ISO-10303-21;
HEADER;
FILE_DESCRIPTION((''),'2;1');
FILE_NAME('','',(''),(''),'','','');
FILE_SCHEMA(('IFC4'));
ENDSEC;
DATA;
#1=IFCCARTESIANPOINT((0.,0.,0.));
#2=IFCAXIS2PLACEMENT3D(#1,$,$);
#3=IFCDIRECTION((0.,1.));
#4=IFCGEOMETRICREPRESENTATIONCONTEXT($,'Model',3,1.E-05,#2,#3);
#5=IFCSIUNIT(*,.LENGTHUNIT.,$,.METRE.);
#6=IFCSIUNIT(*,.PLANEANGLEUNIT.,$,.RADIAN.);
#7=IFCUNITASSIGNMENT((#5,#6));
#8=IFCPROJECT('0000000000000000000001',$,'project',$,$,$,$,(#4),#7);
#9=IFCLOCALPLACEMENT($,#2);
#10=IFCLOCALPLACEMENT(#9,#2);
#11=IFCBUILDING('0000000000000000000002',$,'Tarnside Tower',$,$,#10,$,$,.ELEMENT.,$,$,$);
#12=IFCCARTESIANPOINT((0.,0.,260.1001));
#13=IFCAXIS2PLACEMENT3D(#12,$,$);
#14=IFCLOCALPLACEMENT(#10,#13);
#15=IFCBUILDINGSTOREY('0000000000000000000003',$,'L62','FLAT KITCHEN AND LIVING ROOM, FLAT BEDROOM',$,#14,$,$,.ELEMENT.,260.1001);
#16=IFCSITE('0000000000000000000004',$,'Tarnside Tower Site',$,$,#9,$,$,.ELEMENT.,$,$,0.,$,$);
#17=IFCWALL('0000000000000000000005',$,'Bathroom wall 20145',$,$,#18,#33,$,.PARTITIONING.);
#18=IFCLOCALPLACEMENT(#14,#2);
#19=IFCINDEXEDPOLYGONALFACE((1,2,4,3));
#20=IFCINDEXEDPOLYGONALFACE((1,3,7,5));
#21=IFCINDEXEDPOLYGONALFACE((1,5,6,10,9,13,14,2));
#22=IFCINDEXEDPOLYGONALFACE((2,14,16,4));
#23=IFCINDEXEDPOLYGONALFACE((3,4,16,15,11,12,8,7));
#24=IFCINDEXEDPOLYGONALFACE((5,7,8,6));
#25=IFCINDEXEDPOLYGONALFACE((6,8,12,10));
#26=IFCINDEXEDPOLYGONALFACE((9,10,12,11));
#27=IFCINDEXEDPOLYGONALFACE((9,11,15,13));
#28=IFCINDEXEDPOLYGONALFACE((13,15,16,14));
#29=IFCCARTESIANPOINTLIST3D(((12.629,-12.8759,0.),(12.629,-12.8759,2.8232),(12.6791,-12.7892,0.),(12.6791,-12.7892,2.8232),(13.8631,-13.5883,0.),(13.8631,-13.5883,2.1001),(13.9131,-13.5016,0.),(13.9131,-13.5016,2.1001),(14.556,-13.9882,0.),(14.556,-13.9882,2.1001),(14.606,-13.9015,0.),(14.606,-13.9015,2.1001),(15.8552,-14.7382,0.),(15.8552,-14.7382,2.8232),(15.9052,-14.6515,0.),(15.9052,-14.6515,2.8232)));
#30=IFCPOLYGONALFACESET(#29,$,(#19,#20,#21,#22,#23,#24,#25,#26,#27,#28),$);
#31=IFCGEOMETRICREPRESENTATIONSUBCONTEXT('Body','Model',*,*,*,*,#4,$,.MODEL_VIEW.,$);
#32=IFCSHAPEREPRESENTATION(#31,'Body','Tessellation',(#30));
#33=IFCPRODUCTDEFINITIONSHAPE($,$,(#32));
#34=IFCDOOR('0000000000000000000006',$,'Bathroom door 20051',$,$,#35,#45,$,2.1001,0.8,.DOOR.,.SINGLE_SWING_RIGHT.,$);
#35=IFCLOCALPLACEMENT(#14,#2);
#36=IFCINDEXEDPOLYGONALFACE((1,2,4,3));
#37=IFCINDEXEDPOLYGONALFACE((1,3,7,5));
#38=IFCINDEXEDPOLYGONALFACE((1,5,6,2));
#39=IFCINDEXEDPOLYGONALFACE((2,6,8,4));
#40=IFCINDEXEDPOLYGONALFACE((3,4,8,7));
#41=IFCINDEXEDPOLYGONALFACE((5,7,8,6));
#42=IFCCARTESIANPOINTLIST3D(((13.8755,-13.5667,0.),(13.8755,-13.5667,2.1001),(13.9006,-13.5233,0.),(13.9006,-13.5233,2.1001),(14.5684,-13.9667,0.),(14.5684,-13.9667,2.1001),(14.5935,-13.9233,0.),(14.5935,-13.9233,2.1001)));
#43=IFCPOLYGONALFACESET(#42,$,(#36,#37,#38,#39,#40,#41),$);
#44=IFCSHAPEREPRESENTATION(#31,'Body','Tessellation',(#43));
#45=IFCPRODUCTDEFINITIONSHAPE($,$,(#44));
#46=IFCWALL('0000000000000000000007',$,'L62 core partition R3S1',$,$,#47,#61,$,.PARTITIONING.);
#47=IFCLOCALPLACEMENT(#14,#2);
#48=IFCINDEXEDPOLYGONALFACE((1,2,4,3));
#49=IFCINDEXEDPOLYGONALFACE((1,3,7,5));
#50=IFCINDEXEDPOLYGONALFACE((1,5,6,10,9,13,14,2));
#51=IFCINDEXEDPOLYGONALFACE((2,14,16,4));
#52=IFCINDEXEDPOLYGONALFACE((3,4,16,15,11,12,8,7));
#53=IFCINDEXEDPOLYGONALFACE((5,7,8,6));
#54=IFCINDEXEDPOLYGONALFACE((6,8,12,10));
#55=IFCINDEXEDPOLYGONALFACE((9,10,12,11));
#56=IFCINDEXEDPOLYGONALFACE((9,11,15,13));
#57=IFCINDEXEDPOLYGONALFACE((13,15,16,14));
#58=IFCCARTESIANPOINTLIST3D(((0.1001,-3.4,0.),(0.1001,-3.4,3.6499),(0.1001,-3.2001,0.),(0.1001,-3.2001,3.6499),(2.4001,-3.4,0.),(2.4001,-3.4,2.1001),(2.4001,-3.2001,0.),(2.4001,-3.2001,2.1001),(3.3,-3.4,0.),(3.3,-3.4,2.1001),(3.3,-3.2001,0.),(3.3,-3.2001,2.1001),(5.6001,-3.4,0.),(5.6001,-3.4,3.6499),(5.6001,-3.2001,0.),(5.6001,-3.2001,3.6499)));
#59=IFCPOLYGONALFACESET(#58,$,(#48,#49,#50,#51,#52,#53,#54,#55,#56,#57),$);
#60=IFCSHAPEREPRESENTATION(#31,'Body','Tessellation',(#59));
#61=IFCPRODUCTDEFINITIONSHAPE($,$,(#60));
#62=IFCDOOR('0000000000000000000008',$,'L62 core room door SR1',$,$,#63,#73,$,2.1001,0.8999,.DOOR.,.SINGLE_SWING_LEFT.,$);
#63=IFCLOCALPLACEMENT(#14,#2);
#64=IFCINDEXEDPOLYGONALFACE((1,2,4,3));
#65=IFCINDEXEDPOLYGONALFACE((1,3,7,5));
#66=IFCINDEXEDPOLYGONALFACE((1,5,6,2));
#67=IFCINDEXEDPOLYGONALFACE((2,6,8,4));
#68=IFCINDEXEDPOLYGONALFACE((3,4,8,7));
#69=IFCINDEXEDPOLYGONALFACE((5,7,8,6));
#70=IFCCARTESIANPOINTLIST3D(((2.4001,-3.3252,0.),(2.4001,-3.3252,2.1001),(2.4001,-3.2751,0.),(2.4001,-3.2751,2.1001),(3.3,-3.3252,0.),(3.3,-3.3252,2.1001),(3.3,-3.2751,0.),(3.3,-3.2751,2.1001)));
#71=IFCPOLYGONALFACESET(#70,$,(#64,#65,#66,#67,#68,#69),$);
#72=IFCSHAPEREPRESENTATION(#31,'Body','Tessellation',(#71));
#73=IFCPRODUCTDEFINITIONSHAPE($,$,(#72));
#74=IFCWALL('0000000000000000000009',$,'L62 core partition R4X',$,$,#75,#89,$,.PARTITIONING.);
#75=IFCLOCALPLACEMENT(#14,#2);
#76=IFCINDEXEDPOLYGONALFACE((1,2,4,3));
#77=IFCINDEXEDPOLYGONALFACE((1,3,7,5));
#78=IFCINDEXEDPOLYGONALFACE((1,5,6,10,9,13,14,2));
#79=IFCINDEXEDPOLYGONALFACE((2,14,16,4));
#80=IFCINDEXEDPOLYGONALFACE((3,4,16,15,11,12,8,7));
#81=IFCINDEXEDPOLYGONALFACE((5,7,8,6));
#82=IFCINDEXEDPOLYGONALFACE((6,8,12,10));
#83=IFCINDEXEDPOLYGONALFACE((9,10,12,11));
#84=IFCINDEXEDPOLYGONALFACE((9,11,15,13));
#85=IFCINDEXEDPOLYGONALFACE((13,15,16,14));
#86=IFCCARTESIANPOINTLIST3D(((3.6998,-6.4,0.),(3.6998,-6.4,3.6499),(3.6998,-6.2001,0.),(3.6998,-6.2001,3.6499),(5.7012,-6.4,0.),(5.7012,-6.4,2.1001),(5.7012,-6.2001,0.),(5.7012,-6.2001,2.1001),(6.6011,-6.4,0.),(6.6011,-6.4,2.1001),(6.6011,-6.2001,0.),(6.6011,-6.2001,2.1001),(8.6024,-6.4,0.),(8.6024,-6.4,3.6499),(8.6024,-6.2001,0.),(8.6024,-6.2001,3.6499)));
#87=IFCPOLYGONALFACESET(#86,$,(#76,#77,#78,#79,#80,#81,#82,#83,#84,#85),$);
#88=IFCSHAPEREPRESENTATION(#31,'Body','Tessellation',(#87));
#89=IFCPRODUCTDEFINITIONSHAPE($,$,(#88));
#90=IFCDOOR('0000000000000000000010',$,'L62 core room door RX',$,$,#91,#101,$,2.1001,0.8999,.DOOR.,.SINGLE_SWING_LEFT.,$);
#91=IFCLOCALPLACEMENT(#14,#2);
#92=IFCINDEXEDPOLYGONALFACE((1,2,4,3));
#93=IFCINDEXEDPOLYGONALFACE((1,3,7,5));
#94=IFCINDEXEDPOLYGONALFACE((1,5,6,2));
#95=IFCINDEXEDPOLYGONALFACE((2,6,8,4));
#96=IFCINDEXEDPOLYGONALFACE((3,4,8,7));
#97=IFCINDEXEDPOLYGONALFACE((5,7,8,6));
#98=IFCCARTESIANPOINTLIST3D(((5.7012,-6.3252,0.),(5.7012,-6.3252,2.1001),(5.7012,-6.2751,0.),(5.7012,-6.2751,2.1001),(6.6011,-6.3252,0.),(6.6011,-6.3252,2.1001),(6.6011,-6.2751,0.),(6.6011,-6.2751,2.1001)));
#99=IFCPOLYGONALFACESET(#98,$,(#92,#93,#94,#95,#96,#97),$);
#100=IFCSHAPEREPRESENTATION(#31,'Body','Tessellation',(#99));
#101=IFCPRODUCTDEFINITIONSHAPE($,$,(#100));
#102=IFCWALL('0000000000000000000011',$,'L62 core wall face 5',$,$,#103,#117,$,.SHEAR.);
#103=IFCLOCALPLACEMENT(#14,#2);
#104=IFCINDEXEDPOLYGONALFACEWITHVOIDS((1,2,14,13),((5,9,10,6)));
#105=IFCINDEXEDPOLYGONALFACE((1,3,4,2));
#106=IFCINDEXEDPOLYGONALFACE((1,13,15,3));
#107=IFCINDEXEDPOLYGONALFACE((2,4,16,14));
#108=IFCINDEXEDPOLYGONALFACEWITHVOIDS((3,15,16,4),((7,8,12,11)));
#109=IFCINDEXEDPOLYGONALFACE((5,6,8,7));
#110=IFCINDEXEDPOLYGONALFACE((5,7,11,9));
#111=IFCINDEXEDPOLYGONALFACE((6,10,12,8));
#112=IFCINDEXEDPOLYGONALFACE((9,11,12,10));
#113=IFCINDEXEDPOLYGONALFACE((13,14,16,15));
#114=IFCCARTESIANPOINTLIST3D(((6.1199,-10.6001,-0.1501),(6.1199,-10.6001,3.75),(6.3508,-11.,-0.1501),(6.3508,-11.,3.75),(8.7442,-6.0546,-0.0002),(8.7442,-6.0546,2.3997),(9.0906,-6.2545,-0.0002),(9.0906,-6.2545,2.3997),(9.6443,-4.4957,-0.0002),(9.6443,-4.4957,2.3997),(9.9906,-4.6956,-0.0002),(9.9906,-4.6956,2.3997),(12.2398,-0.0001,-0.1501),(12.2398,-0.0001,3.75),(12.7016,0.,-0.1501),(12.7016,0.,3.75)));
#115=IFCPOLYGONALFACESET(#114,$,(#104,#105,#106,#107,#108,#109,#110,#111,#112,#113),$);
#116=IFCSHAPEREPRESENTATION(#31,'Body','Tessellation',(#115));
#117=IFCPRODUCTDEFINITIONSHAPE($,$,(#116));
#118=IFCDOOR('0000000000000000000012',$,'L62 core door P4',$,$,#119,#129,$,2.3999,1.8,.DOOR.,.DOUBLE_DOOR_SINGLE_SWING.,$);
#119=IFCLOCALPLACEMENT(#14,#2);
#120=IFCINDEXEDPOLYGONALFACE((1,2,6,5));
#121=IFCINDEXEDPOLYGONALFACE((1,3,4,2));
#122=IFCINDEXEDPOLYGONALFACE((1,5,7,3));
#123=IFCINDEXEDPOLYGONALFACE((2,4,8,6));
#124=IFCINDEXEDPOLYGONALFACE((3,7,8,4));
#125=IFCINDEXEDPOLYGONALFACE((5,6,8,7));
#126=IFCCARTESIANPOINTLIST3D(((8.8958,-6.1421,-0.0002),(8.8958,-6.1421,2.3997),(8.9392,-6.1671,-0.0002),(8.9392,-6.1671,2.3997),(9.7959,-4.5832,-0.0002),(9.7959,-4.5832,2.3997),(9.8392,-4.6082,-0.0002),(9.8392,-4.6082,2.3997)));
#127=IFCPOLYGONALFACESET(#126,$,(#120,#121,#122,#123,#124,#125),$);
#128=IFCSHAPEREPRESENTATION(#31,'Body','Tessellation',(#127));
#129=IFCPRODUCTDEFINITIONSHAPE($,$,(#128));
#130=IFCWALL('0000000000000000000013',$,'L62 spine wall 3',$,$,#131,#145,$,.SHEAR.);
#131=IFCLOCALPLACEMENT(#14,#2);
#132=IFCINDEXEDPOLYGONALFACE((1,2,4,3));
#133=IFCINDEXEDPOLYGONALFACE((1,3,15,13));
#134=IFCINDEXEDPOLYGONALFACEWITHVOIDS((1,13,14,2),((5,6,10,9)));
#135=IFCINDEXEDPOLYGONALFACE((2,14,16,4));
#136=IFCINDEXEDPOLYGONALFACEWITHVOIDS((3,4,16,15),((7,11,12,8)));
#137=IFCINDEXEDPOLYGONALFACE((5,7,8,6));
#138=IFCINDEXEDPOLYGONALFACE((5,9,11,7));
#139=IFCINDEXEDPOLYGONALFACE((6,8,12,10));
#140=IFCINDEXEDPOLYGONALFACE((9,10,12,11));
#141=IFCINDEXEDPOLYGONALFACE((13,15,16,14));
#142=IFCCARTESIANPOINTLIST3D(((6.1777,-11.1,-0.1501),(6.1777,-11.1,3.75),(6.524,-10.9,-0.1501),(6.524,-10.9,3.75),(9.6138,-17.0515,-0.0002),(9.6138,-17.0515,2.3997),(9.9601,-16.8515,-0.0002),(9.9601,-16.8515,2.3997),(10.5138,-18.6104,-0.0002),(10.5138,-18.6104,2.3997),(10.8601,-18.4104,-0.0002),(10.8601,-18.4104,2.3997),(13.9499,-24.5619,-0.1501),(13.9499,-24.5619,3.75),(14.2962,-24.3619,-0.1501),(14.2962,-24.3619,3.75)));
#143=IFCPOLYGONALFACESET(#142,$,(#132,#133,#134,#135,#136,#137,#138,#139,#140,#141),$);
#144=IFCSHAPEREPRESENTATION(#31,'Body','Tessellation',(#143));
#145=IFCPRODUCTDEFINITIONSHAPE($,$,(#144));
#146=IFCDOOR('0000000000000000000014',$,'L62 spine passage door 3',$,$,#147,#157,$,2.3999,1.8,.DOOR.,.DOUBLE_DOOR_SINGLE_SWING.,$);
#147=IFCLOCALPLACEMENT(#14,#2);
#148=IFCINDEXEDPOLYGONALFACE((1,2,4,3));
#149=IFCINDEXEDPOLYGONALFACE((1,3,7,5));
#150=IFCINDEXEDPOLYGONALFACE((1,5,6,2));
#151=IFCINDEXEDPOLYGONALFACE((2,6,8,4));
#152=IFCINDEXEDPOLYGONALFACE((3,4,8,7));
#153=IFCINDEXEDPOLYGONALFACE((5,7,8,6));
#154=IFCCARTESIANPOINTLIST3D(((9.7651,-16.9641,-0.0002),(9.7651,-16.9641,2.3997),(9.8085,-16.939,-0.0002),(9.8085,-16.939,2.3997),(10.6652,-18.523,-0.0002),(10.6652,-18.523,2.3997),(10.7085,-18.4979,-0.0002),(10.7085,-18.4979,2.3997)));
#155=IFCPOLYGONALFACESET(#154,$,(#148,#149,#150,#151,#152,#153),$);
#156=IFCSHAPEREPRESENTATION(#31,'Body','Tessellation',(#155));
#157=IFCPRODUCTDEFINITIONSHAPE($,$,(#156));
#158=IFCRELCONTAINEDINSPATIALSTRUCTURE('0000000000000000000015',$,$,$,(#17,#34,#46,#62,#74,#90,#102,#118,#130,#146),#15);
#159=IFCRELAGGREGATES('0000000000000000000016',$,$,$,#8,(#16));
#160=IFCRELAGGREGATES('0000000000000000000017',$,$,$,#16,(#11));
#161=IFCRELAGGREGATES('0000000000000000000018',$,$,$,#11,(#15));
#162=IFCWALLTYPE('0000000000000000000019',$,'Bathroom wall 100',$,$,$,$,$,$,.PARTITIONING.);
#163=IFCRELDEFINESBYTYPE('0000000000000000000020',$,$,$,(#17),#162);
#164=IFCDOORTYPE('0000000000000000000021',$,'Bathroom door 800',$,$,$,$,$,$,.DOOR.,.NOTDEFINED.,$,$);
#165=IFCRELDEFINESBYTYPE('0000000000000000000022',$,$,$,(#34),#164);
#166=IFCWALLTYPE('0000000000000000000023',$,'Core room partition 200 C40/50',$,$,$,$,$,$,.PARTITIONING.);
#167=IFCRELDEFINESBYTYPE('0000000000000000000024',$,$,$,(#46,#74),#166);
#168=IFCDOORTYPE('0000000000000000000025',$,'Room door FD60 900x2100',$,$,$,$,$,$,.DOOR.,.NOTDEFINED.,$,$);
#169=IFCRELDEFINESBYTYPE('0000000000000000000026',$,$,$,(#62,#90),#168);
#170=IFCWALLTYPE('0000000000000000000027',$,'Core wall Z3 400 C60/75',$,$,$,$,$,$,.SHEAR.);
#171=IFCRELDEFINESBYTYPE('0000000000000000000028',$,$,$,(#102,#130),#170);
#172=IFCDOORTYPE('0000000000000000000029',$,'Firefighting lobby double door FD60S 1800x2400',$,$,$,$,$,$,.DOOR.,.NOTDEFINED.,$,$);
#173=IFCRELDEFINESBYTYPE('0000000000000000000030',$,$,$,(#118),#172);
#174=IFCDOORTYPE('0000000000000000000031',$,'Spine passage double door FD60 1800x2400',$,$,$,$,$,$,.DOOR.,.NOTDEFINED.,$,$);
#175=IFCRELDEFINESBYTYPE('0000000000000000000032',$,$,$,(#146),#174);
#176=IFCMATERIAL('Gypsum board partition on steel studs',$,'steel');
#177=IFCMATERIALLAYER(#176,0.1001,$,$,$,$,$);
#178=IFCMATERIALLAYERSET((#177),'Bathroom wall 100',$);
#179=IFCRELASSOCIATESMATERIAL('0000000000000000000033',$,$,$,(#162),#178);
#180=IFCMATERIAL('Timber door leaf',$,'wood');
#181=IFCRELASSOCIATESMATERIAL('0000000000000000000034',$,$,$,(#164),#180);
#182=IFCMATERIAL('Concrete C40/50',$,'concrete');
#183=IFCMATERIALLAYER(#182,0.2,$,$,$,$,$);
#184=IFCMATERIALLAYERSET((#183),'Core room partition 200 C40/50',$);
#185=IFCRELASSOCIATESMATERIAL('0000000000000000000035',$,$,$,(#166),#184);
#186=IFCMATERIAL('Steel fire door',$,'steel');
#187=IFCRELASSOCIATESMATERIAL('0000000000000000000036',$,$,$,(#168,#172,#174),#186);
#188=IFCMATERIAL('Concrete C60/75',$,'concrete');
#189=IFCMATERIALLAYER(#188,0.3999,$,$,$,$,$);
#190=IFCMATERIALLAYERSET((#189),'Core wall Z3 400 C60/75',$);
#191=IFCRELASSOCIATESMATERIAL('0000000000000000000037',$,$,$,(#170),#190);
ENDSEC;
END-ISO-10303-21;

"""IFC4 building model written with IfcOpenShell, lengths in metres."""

from ifc_helpers import new_model, si_unit, direction, frame, frame_2d, origin, place, context, subcontext, project, spatial, polyline, rectangle, outline, extrude, material, layer, layer_set, type_object, element, fill, save


model = new_model("IFC4")

# Units and contexts
model_context = context("Model", 3, precision=1e-05, world=origin(), true_north=direction((0.0, 1.0)))
body_context = subcontext(model_context, "Body", "Model", "MODEL_VIEW")
ifc_project = project(units=[si_unit("LENGTHUNIT", "METRE"), si_unit("PLANEANGLEUNIT", "RADIAN")], contexts=[model_context])

# Site, building, storey
site_placement = place(None, origin())
site = spatial("IfcSite", under=ifc_project, at=site_placement, Name="Tarnside Tower Site", CompositionType="ELEMENT", RefElevation=0.0)
building_placement = place(site_placement, origin())
building = spatial("IfcBuilding", under=site, at=building_placement, Name="Tarnside Tower", CompositionType="ELEMENT")
storey_placement = place(building_placement, frame((0.0, 0.0, 260.1001)))
storey = spatial("IfcBuildingStorey", under=building, at=storey_placement, Name="L62", Description="FLAT KITCHEN AND LIVING ROOM, FLAT BEDROOM", CompositionType="ELEMENT", Elevation=260.1001)

# Walls, openings, doors
ifc_material_1 = material(Name="Gypsum board partition on steel studs", Category="steel")
ifc_layer_1 = layer(ifc_material_1, 0.1001)
ifc_layer_set_1 = layer_set([ifc_layer_1], Name="Bathroom wall 100")
wall_type_1 = type_object("IfcWallType", Name="Bathroom wall 100", PredefinedType="PARTITIONING", material=ifc_layer_set_1)
wall_1_placement = place(storey_placement, frame((12.6541, -12.8325, 0.0), z_axis=(0.0, 0.0, 1.0), x_axis=(0.866057, -0.499946, 0.0)))
wall_1 = element("IfcWall", 1, at=wall_1_placement, inside=storey, type_object=wall_type_1, Name="Bathroom wall 20145", PredefinedType="PARTITIONING", context=body_context, shape_type="SweptSolid", body=[
    extrude(rectangle(XDim=3.7251, YDim=0.1001, at=frame_2d((1.8625, 0.0))), origin(), (0.0, 0.0, 1.0), 2.8232),
])
opening_1_placement = place(wall_1_placement, frame((1.425, 0.0, 0.0)))
opening_1 = element("IfcOpeningElement", 2, at=opening_1_placement, cuts=wall_1, PredefinedType="OPENING", context=body_context, shape_type="SweptSolid", body=[
    extrude(rectangle(XDim=0.8, YDim=2.1001, at=frame_2d((0.3999, 1.05))), frame((0.0, 0.0601, 0.0), z_axis=(0.0, -1.0, 0.0), x_axis=(1.0, 0.0, 0.0)), (0.0, 0.0, 1.0), 0.1201),
])
ifc_material_2 = material(Name="Timber door leaf", Category="wood")
door_type_1 = type_object("IfcDoorType", Name="Bathroom door 800", OperationType="NOTDEFINED", PredefinedType="DOOR", material=ifc_material_2)
door_1_placement = place(opening_1_placement, origin())
door_1 = element("IfcDoor", 3, at=door_1_placement, inside=storey, type_object=door_type_1, Name="Bathroom door 20051", OperationType="SINGLE_SWING_RIGHT", OverallHeight=2.1001, OverallWidth=0.8, PredefinedType="DOOR", context=body_context, shape_type="SweptSolid", body=[
    extrude(rectangle(XDim=0.8, YDim=2.1001, at=frame_2d((0.3999, 1.05))), frame((0.0, 0.0249, 0.0), z_axis=(0.0, -1.0, 0.0), x_axis=(1.0, 0.0, 0.0)), (0.0, 0.0, 1.0), 0.05),
])
fill(opening_1, door_1)
ifc_material_3 = material(Name="Concrete C40/50", Category="concrete")
ifc_layer_2 = layer(ifc_material_3, 0.2)
ifc_layer_set_2 = layer_set([ifc_layer_2], Name="Core room partition 200 C40/50")
wall_type_2 = type_object("IfcWallType", Name="Core room partition 200 C40/50", PredefinedType="PARTITIONING", material=ifc_layer_set_2)
wall_2_placement = place(storey_placement, frame((0.1001, -3.3, 0.0), z_axis=(0.0, 0.0, 1.0), x_axis=(1.0, 0.0, 0.0)))
wall_2 = element("IfcWall", 4, at=wall_2_placement, inside=storey, type_object=wall_type_2, Name="L62 core partition R3S1", PredefinedType="PARTITIONING", context=body_context, shape_type="SweptSolid", body=[
    extrude(rectangle(XDim=5.5, YDim=0.2, at=frame_2d((2.75, 0.0))), origin(), (0.0, 0.0, 1.0), 3.6499),
])
opening_2_placement = place(wall_2_placement, frame((2.3, 0.0, 0.0)))
opening_2 = element("IfcOpeningElement", 5, at=opening_2_placement, cuts=wall_2, PredefinedType="OPENING", context=body_context, shape_type="SweptSolid", body=[
    extrude(rectangle(XDim=0.8999, YDim=2.1001, at=frame_2d((0.45, 1.05))), frame((0.0, 0.1099, 0.0), z_axis=(0.0, -1.0, 0.0), x_axis=(1.0, 0.0, 0.0)), (0.0, 0.0, 1.0), 0.22),
])
ifc_material_4 = material(Name="Steel fire door", Category="steel")
door_type_2 = type_object("IfcDoorType", Name="Room door FD60 900x2100", OperationType="NOTDEFINED", PredefinedType="DOOR", material=ifc_material_4)
door_2_placement = place(opening_2_placement, origin())
door_2 = element("IfcDoor", 6, at=door_2_placement, inside=storey, type_object=door_type_2, Name="L62 core room door SR1", OperationType="SINGLE_SWING_LEFT", OverallHeight=2.1001, OverallWidth=0.8999, PredefinedType="DOOR", context=body_context, shape_type="SweptSolid", body=[
    extrude(rectangle(XDim=0.8999, YDim=2.1001, at=frame_2d((0.45, 1.05))), frame((0.0, 0.0249, 0.0), z_axis=(0.0, -1.0, 0.0), x_axis=(1.0, 0.0, 0.0)), (0.0, 0.0, 1.0), 0.05),
])
fill(opening_2, door_2)
wall_3_placement = place(storey_placement, frame((3.7, -6.3, 0.0), z_axis=(0.0, 0.0, 1.0), x_axis=(1.0, 0.0, 0.0)))
wall_3 = element("IfcWall", 7, at=wall_3_placement, inside=storey, type_object=wall_type_2, Name="L62 core partition R4X", PredefinedType="PARTITIONING", context=body_context, shape_type="SweptSolid", body=[
    extrude(rectangle(XDim=4.9026, YDim=0.2, at=frame_2d((2.4512, 0.0))), origin(), (0.0, 0.0, 1.0), 3.6499),
])
opening_3_placement = place(wall_3_placement, frame((2.0012, 0.0, 0.0)))
opening_3 = element("IfcOpeningElement", 8, at=opening_3_placement, cuts=wall_3, PredefinedType="OPENING", context=body_context, shape_type="SweptSolid", body=[
    extrude(rectangle(XDim=0.8999, YDim=2.1001, at=frame_2d((0.45, 1.05))), frame((0.0, 0.1099, 0.0), z_axis=(0.0, -1.0, 0.0), x_axis=(1.0, 0.0, 0.0)), (0.0, 0.0, 1.0), 0.22),
])
door_3_placement = place(opening_3_placement, origin())
door_3 = element("IfcDoor", 9, at=door_3_placement, inside=storey, type_object=door_type_2, Name="L62 core room door RX", OperationType="SINGLE_SWING_LEFT", OverallHeight=2.1001, OverallWidth=0.8999, PredefinedType="DOOR", context=body_context, shape_type="SweptSolid", body=[
    extrude(rectangle(XDim=0.8999, YDim=2.1001, at=frame_2d((0.45, 1.05))), frame((0.0, 0.0249, 0.0), z_axis=(0.0, -1.0, 0.0), x_axis=(1.0, 0.0, 0.0)), (0.0, 0.0, 1.0), 0.05),
])
fill(opening_3, door_3)
ifc_material_5 = material(Name="Concrete C60/75", Category="concrete")
ifc_layer_3 = layer(ifc_material_5, 0.3999)
ifc_layer_set_3 = layer_set([ifc_layer_3], Name="Core wall Z3 400 C60/75")
wall_type_3 = type_object("IfcWallType", Name="Core wall Z3 400 C60/75", PredefinedType="SHEAR", material=ifc_layer_set_3)
wall_4_placement = place(storey_placement, frame((6.2354, -10.8, -0.1501), z_axis=(0.0, 0.0, 1.0), x_axis=(0.499996, 0.866027, 0.0)))
wall_4 = element("IfcWall", 10, at=wall_4_placement, inside=storey, type_object=wall_type_3, Name="L62 core wall face 5", PredefinedType="SHEAR", context=body_context, shape_type="SweptSolid", body=[
    extrude(outline(polyline([(-0.1155, -0.2), (12.5862, -0.2), (12.3552, 0.2), (0.1155, 0.2), (-0.1155, -0.2)])), origin(), (0.0, 0.0, 1.0), 3.9001),
])
opening_4_placement = place(wall_4_placement, frame((5.3643, 0.0, 0.1499)))
opening_4 = element("IfcOpeningElement", 11, at=opening_4_placement, cuts=wall_4, PredefinedType="OPENING", context=body_context, shape_type="SweptSolid", body=[
    extrude(rectangle(XDim=1.8, YDim=2.3999, at=frame_2d((0.8999, 1.2))), frame((0.0, 0.21, 0.0), z_axis=(0.0, -1.0, 0.0), x_axis=(1.0, 0.0, 0.0)), (0.0, 0.0, 1.0), 0.4199),
])
door_type_3 = type_object("IfcDoorType", Name="Firefighting lobby double door FD60S 1800x2400", OperationType="NOTDEFINED", PredefinedType="DOOR", material=ifc_material_4)
door_4_placement = place(opening_4_placement, origin())
door_4 = element("IfcDoor", 12, at=door_4_placement, inside=storey, type_object=door_type_3, Name="L62 core door P4", OperationType="DOUBLE_DOOR_SINGLE_SWING", OverallHeight=2.3999, OverallWidth=1.8, PredefinedType="DOOR", context=body_context, shape_type="SweptSolid", body=[
    extrude(rectangle(XDim=1.8, YDim=2.3999, at=frame_2d((0.8999, 1.2))), frame((0.0, 0.0249, 0.0), z_axis=(0.0, -1.0, 0.0), x_axis=(1.0, 0.0, 0.0)), (0.0, 0.0, 1.0), 0.05),
])
fill(opening_4, door_4)
wall_5_placement = place(storey_placement, frame((6.3508, -11.0, -0.1501), z_axis=(0.0, 0.0, 1.0), x_axis=(0.499999, -0.866026, 0.0)))
wall_5 = element("IfcWall", 13, at=wall_5_placement, inside=storey, type_object=wall_type_3, Name="L62 spine wall 3", PredefinedType="SHEAR", context=body_context, shape_type="SweptSolid", body=[
    extrude(rectangle(XDim=15.5444, YDim=0.3999, at=frame_2d((7.7722, 0.0))), origin(), (0.0, 0.0, 1.0), 3.9001),
])
opening_5_placement = place(wall_5_placement, frame((6.8723, 0.0, 0.1499)))
opening_5 = element("IfcOpeningElement", 14, at=opening_5_placement, cuts=wall_5, PredefinedType="OPENING", context=body_context, shape_type="SweptSolid", body=[
    extrude(rectangle(XDim=1.8, YDim=2.3999, at=frame_2d((0.8999, 1.2))), frame((0.0, 0.21, 0.0), z_axis=(0.0, -1.0, 0.0), x_axis=(1.0, 0.0, 0.0)), (0.0, 0.0, 1.0), 0.4199),
])
door_type_4 = type_object("IfcDoorType", Name="Spine passage double door FD60 1800x2400", OperationType="NOTDEFINED", PredefinedType="DOOR", material=ifc_material_4)
door_5_placement = place(opening_5_placement, origin())
door_5 = element("IfcDoor", 15, at=door_5_placement, inside=storey, type_object=door_type_4, Name="L62 spine passage door 3", OperationType="DOUBLE_DOOR_SINGLE_SWING", OverallHeight=2.3999, OverallWidth=1.8, PredefinedType="DOOR", context=body_context, shape_type="SweptSolid", body=[
    extrude(rectangle(XDim=1.8, YDim=2.3999, at=frame_2d((0.8999, 1.2))), frame((0.0, 0.0249, 0.0), z_axis=(0.0, -1.0, 0.0), x_axis=(1.0, 0.0, 0.0)), (0.0, 0.0, 1.0), 0.05),
])
fill(opening_5, door_5)

save(model, "model.ifc")
